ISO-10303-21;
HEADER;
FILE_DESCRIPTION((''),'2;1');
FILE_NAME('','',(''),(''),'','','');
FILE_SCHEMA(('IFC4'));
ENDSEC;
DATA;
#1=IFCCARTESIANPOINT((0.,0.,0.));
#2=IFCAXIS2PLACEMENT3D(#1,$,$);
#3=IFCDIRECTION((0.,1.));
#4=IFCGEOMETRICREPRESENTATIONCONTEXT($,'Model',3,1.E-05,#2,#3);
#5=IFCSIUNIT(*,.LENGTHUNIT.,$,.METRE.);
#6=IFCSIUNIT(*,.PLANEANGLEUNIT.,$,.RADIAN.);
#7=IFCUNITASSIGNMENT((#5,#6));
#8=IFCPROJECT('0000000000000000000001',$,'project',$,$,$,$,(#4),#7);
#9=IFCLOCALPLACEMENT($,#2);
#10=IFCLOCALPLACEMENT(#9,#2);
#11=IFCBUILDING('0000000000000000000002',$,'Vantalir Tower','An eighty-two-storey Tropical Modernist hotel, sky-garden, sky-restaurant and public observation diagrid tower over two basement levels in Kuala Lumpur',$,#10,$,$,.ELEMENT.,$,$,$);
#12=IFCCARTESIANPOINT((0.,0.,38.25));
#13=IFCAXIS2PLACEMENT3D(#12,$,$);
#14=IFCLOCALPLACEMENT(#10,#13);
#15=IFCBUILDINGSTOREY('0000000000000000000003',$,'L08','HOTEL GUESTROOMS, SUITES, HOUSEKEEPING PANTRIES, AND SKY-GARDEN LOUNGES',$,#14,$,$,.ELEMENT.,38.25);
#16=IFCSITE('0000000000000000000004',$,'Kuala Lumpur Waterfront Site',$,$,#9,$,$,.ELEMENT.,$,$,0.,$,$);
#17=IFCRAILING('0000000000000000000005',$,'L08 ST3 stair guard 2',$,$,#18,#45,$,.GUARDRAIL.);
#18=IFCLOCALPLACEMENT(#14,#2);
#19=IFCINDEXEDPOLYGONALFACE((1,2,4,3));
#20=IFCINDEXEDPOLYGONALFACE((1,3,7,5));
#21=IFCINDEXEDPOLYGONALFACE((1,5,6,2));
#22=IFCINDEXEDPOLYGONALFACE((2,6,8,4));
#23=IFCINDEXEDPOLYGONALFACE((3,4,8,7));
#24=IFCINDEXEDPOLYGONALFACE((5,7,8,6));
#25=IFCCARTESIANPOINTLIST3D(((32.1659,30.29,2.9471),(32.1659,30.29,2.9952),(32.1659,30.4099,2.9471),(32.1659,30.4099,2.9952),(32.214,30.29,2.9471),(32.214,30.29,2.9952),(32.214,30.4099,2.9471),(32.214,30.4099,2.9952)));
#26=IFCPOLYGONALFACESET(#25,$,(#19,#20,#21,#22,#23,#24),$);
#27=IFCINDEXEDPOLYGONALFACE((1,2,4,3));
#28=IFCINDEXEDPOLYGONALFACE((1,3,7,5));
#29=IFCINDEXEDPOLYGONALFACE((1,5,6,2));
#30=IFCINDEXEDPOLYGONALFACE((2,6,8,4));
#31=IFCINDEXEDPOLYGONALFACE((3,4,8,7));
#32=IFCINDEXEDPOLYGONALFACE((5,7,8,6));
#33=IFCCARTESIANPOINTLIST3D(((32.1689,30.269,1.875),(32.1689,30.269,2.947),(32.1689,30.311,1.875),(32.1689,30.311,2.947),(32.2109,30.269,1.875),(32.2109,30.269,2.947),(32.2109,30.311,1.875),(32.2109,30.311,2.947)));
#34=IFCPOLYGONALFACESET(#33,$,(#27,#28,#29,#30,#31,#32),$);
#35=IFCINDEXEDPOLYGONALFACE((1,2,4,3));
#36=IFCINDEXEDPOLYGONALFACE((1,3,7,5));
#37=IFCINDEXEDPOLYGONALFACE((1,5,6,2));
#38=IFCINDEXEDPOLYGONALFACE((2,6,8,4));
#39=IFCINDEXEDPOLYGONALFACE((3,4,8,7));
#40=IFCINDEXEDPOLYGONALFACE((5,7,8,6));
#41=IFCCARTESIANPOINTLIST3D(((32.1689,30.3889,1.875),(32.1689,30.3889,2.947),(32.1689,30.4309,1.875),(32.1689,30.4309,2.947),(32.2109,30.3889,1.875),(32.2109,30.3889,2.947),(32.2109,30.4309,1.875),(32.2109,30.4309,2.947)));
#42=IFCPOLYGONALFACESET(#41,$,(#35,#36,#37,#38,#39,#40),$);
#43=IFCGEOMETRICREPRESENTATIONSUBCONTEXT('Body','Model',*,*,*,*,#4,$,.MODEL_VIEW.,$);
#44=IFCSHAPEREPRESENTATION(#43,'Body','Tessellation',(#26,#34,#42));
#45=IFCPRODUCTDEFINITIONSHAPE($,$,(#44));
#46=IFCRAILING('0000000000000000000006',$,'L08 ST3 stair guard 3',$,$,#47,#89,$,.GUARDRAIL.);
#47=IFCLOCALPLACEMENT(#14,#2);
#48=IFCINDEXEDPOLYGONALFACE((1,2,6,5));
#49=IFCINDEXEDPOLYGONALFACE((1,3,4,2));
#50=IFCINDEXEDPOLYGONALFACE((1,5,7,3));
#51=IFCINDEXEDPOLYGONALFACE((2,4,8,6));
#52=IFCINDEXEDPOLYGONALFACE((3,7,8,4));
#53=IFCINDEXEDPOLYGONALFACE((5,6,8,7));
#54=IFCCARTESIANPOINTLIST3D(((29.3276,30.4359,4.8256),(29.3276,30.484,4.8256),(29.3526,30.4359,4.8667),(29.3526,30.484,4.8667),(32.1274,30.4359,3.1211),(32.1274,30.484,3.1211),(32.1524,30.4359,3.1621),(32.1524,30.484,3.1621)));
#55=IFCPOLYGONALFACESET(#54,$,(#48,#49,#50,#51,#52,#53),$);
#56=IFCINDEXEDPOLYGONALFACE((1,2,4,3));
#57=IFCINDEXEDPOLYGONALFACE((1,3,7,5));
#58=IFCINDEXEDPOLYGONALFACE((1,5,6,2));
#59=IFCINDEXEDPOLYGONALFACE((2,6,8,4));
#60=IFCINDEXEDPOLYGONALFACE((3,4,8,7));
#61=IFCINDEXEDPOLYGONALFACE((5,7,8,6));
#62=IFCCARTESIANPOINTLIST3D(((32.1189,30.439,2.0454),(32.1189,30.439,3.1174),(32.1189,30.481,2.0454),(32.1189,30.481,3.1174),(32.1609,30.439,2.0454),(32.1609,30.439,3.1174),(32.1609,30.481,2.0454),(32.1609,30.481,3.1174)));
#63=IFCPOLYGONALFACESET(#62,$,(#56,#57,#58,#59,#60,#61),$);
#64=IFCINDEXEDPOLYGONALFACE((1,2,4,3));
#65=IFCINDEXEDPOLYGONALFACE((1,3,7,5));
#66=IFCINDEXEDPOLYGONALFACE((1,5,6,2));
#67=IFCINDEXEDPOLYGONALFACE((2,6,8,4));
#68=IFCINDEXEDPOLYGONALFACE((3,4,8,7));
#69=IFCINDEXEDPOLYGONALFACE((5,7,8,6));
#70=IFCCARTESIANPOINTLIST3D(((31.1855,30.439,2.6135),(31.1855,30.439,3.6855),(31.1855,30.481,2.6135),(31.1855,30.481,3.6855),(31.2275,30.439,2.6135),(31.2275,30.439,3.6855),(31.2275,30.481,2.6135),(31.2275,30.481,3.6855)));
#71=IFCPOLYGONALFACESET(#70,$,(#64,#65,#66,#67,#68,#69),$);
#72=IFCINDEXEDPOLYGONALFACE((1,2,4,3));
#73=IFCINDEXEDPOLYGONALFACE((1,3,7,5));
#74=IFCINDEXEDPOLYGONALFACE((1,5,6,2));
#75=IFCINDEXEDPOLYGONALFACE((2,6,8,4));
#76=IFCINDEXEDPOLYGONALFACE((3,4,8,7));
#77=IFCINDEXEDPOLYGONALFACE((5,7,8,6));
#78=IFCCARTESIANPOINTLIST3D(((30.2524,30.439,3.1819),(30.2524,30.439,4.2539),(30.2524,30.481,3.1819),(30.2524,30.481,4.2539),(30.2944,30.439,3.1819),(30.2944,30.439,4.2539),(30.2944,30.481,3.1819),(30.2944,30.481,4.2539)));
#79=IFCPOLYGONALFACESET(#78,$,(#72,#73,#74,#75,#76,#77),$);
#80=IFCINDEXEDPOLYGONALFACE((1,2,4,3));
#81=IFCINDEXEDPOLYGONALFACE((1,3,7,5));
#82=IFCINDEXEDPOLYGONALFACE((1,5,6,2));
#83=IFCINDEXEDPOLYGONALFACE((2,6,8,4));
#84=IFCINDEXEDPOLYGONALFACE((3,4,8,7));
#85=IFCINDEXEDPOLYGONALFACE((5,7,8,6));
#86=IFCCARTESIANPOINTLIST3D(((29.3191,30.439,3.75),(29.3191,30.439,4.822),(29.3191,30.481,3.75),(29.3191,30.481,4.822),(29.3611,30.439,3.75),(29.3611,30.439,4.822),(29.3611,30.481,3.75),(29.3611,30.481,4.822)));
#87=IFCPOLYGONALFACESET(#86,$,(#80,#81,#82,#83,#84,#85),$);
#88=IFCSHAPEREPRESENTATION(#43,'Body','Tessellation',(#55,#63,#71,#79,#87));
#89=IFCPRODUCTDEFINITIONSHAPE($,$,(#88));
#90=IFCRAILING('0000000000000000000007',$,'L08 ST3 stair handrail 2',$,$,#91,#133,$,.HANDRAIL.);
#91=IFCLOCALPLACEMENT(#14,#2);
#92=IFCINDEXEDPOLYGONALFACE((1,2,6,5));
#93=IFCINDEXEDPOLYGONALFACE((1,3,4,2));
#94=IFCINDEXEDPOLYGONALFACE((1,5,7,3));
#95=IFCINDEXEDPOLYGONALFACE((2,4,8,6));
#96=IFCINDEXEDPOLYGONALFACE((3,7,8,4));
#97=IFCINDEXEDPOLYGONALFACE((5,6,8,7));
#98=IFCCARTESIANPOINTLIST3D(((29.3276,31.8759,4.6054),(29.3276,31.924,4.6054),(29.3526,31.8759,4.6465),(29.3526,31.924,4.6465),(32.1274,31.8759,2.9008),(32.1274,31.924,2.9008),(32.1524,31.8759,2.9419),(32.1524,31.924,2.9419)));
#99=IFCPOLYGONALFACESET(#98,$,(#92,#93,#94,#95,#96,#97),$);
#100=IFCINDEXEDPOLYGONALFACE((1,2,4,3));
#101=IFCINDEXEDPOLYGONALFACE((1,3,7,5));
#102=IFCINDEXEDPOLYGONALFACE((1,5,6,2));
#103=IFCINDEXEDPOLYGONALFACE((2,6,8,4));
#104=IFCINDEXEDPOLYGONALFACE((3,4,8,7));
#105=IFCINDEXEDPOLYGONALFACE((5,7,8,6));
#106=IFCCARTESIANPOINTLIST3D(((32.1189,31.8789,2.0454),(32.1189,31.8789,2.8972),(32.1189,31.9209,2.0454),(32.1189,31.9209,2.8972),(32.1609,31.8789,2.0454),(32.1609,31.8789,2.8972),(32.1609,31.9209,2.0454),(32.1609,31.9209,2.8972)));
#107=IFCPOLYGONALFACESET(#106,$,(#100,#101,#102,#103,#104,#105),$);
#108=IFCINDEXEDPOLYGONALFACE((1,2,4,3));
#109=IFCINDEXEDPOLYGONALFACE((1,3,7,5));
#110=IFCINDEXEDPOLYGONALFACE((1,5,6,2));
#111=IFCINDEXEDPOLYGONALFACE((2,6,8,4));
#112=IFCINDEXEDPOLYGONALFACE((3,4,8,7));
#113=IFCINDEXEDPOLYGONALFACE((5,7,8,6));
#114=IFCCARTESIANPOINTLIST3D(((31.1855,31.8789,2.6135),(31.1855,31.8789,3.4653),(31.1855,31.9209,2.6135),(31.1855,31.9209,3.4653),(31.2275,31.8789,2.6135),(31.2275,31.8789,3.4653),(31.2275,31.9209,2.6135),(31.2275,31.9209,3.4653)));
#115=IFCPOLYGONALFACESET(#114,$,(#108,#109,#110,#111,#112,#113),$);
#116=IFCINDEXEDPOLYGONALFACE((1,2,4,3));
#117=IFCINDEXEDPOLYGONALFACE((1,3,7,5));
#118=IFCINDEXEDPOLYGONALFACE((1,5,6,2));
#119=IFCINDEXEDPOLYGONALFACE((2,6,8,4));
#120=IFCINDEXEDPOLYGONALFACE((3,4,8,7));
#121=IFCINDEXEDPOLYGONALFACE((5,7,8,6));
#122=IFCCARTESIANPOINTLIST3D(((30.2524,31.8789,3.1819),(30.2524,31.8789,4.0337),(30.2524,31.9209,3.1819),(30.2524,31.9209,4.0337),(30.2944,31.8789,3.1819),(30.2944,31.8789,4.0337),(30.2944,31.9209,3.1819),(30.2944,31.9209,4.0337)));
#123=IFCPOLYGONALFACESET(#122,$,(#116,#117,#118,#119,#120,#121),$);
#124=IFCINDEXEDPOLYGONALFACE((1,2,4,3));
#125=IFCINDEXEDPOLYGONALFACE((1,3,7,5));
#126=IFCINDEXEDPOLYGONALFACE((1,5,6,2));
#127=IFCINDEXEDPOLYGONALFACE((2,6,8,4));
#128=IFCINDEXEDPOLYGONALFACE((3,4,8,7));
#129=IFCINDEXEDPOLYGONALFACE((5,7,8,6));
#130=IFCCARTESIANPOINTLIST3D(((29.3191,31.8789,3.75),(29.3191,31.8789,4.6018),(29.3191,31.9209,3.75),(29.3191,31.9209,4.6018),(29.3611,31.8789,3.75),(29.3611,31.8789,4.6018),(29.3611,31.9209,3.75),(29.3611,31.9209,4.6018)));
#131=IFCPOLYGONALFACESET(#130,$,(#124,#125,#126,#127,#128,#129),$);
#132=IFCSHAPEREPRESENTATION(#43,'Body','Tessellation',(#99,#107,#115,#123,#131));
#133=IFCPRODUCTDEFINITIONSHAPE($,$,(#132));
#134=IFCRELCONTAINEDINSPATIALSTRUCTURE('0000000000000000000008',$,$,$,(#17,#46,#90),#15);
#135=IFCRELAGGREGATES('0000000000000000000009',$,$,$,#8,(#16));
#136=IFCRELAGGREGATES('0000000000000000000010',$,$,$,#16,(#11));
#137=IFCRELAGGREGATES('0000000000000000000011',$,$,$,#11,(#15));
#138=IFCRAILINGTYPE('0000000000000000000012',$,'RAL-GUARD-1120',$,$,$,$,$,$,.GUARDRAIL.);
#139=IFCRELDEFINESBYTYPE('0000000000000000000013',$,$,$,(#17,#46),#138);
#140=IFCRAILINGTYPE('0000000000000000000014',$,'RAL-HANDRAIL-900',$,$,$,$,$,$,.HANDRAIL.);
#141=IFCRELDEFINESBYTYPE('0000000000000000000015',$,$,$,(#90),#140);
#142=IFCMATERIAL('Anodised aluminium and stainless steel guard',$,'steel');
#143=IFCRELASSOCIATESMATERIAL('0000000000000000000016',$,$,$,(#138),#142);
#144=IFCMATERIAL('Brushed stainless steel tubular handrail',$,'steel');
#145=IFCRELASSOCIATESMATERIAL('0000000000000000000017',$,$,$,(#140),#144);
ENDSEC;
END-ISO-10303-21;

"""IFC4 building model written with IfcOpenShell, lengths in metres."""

from ifc_helpers import new_model, si_unit, direction, frame, origin, origin_2d, place, context, subcontext, project, spatial, rectangle, extrude, material, type_object, element, save


model = new_model("IFC4")

# Units and contexts
model_context = context("Model", 3, precision=1e-05, world=origin(), true_north=direction((0.0, 1.0)))
body_context = subcontext(model_context, "Body", "Model", "MODEL_VIEW")
ifc_project = project(units=[si_unit("LENGTHUNIT", "METRE"), si_unit("PLANEANGLEUNIT", "RADIAN")], contexts=[model_context])

# Site, building, storey
site_placement = place(None, origin())
site = spatial("IfcSite", under=ifc_project, at=site_placement, Name="Kuala Lumpur Waterfront Site", CompositionType="ELEMENT", RefElevation=0.0)
building_placement = place(site_placement, origin())
building = spatial("IfcBuilding", under=site, at=building_placement, Name="Vantalir Tower", Description="An eighty-two-storey Tropical Modernist hotel, sky-garden, sky-restaurant and public observation diagrid tower over two basement levels in Kuala Lumpur", CompositionType="ELEMENT")
storey_placement = place(building_placement, frame((0.0, 0.0, 38.25)))
storey = spatial("IfcBuildingStorey", under=building, at=storey_placement, Name="L08", Description="HOTEL GUESTROOMS, SUITES, HOUSEKEEPING PANTRIES, AND SKY-GARDEN LOUNGES", CompositionType="ELEMENT", Elevation=38.25)

# Railings
ifc_material_1 = material(Name="Anodised aluminium and stainless steel guard", Category="steel")
railing_type_1 = type_object("IfcRailingType", Name="RAL-GUARD-1120", PredefinedType="GUARDRAIL", material=ifc_material_1)
railing_1_placement = place(storey_placement, frame((32.1899, 30.29, 1.875)))
element("IfcRailing", 1, at=railing_1_placement, inside=storey, type_object=railing_type_1, Name="L08 ST3 stair guard 2", PredefinedType="GUARDRAIL", context=body_context, shape_type="SweptSolid", body=[
    extrude(rectangle(XDim=0.0481, YDim=0.0481, at=origin_2d()), frame((0.0, 0.0, 1.0962), z_axis=(0.0, 1.0, 0.0), x_axis=(-1.0, 0.0, 0.0)), (0.0, 0.0, 1.0), 0.1199),
    extrude(rectangle(XDim=0.042, YDim=0.042, at=origin_2d()), origin(), (0.0, 0.0, 1.0), 1.072),
    extrude(rectangle(XDim=0.042, YDim=0.042, at=origin_2d()), frame((0.0, 0.1199, 0.0)), (0.0, 0.0, 1.0), 1.072),
])
railing_2_placement = place(storey_placement, frame((32.1399, 30.46, 2.0454)))
element("IfcRailing", 2, at=railing_2_placement, inside=storey, type_object=railing_type_1, Name="L08 ST3 stair guard 3", PredefinedType="GUARDRAIL", context=body_context, shape_type="SweptSolid", body=[
    extrude(rectangle(XDim=0.0481, YDim=0.0481, at=origin_2d()), frame((0.0, 0.0, 1.0962), z_axis=(-0.85415, 0.0, 0.520027), x_axis=(0.0, -1.0, 0.0)), (0.0, 0.0, 1.0), 3.2778),
    extrude(rectangle(XDim=0.042, YDim=0.042, at=origin_2d()), origin(), (0.0, 0.0, 1.0), 1.072),
    extrude(rectangle(XDim=0.042, YDim=0.042, at=origin_2d()), frame((-0.9333, 0.0, 0.5681)), (0.0, 0.0, 1.0), 1.072),
    extrude(rectangle(XDim=0.042, YDim=0.042, at=origin_2d()), frame((-1.8665, 0.0, 1.1365)), (0.0, 0.0, 1.0), 1.072),
    extrude(rectangle(XDim=0.042, YDim=0.042, at=origin_2d()), frame((-2.7998, 0.0, 1.7046)), (0.0, 0.0, 1.0), 1.072),
])
ifc_material_2 = material(Name="Brushed stainless steel tubular handrail", Category="steel")
railing_type_2 = type_object("IfcRailingType", Name="RAL-HANDRAIL-900", PredefinedType="HANDRAIL", material=ifc_material_2)
railing_3_placement = place(storey_placement, frame((32.1399, 31.8999, 2.0454)))
element("IfcRailing", 3, at=railing_3_placement, inside=storey, type_object=railing_type_2, Name="L08 ST3 stair handrail 2", PredefinedType="HANDRAIL", context=body_context, shape_type="SweptSolid", body=[
    extrude(rectangle(XDim=0.0481, YDim=0.0481, at=origin_2d()), frame((0.0, 0.0, 0.876), z_axis=(-0.85415, 0.0, 0.520027), x_axis=(0.0, -1.0, 0.0)), (0.0, 0.0, 1.0), 3.2778),
    extrude(rectangle(XDim=0.042, YDim=0.042, at=origin_2d()), origin(), (0.0, 0.0, 1.0), 0.8518),
    extrude(rectangle(XDim=0.042, YDim=0.042, at=origin_2d()), frame((-0.9333, 0.0, 0.5681)), (0.0, 0.0, 1.0), 0.8518),
    extrude(rectangle(XDim=0.042, YDim=0.042, at=origin_2d()), frame((-1.8665, 0.0, 1.1365)), (0.0, 0.0, 1.0), 0.8518),
    extrude(rectangle(XDim=0.042, YDim=0.042, at=origin_2d()), frame((-2.7998, 0.0, 1.7046)), (0.0, 0.0, 1.0), 0.8518),
])

save(model, "model.ifc")
